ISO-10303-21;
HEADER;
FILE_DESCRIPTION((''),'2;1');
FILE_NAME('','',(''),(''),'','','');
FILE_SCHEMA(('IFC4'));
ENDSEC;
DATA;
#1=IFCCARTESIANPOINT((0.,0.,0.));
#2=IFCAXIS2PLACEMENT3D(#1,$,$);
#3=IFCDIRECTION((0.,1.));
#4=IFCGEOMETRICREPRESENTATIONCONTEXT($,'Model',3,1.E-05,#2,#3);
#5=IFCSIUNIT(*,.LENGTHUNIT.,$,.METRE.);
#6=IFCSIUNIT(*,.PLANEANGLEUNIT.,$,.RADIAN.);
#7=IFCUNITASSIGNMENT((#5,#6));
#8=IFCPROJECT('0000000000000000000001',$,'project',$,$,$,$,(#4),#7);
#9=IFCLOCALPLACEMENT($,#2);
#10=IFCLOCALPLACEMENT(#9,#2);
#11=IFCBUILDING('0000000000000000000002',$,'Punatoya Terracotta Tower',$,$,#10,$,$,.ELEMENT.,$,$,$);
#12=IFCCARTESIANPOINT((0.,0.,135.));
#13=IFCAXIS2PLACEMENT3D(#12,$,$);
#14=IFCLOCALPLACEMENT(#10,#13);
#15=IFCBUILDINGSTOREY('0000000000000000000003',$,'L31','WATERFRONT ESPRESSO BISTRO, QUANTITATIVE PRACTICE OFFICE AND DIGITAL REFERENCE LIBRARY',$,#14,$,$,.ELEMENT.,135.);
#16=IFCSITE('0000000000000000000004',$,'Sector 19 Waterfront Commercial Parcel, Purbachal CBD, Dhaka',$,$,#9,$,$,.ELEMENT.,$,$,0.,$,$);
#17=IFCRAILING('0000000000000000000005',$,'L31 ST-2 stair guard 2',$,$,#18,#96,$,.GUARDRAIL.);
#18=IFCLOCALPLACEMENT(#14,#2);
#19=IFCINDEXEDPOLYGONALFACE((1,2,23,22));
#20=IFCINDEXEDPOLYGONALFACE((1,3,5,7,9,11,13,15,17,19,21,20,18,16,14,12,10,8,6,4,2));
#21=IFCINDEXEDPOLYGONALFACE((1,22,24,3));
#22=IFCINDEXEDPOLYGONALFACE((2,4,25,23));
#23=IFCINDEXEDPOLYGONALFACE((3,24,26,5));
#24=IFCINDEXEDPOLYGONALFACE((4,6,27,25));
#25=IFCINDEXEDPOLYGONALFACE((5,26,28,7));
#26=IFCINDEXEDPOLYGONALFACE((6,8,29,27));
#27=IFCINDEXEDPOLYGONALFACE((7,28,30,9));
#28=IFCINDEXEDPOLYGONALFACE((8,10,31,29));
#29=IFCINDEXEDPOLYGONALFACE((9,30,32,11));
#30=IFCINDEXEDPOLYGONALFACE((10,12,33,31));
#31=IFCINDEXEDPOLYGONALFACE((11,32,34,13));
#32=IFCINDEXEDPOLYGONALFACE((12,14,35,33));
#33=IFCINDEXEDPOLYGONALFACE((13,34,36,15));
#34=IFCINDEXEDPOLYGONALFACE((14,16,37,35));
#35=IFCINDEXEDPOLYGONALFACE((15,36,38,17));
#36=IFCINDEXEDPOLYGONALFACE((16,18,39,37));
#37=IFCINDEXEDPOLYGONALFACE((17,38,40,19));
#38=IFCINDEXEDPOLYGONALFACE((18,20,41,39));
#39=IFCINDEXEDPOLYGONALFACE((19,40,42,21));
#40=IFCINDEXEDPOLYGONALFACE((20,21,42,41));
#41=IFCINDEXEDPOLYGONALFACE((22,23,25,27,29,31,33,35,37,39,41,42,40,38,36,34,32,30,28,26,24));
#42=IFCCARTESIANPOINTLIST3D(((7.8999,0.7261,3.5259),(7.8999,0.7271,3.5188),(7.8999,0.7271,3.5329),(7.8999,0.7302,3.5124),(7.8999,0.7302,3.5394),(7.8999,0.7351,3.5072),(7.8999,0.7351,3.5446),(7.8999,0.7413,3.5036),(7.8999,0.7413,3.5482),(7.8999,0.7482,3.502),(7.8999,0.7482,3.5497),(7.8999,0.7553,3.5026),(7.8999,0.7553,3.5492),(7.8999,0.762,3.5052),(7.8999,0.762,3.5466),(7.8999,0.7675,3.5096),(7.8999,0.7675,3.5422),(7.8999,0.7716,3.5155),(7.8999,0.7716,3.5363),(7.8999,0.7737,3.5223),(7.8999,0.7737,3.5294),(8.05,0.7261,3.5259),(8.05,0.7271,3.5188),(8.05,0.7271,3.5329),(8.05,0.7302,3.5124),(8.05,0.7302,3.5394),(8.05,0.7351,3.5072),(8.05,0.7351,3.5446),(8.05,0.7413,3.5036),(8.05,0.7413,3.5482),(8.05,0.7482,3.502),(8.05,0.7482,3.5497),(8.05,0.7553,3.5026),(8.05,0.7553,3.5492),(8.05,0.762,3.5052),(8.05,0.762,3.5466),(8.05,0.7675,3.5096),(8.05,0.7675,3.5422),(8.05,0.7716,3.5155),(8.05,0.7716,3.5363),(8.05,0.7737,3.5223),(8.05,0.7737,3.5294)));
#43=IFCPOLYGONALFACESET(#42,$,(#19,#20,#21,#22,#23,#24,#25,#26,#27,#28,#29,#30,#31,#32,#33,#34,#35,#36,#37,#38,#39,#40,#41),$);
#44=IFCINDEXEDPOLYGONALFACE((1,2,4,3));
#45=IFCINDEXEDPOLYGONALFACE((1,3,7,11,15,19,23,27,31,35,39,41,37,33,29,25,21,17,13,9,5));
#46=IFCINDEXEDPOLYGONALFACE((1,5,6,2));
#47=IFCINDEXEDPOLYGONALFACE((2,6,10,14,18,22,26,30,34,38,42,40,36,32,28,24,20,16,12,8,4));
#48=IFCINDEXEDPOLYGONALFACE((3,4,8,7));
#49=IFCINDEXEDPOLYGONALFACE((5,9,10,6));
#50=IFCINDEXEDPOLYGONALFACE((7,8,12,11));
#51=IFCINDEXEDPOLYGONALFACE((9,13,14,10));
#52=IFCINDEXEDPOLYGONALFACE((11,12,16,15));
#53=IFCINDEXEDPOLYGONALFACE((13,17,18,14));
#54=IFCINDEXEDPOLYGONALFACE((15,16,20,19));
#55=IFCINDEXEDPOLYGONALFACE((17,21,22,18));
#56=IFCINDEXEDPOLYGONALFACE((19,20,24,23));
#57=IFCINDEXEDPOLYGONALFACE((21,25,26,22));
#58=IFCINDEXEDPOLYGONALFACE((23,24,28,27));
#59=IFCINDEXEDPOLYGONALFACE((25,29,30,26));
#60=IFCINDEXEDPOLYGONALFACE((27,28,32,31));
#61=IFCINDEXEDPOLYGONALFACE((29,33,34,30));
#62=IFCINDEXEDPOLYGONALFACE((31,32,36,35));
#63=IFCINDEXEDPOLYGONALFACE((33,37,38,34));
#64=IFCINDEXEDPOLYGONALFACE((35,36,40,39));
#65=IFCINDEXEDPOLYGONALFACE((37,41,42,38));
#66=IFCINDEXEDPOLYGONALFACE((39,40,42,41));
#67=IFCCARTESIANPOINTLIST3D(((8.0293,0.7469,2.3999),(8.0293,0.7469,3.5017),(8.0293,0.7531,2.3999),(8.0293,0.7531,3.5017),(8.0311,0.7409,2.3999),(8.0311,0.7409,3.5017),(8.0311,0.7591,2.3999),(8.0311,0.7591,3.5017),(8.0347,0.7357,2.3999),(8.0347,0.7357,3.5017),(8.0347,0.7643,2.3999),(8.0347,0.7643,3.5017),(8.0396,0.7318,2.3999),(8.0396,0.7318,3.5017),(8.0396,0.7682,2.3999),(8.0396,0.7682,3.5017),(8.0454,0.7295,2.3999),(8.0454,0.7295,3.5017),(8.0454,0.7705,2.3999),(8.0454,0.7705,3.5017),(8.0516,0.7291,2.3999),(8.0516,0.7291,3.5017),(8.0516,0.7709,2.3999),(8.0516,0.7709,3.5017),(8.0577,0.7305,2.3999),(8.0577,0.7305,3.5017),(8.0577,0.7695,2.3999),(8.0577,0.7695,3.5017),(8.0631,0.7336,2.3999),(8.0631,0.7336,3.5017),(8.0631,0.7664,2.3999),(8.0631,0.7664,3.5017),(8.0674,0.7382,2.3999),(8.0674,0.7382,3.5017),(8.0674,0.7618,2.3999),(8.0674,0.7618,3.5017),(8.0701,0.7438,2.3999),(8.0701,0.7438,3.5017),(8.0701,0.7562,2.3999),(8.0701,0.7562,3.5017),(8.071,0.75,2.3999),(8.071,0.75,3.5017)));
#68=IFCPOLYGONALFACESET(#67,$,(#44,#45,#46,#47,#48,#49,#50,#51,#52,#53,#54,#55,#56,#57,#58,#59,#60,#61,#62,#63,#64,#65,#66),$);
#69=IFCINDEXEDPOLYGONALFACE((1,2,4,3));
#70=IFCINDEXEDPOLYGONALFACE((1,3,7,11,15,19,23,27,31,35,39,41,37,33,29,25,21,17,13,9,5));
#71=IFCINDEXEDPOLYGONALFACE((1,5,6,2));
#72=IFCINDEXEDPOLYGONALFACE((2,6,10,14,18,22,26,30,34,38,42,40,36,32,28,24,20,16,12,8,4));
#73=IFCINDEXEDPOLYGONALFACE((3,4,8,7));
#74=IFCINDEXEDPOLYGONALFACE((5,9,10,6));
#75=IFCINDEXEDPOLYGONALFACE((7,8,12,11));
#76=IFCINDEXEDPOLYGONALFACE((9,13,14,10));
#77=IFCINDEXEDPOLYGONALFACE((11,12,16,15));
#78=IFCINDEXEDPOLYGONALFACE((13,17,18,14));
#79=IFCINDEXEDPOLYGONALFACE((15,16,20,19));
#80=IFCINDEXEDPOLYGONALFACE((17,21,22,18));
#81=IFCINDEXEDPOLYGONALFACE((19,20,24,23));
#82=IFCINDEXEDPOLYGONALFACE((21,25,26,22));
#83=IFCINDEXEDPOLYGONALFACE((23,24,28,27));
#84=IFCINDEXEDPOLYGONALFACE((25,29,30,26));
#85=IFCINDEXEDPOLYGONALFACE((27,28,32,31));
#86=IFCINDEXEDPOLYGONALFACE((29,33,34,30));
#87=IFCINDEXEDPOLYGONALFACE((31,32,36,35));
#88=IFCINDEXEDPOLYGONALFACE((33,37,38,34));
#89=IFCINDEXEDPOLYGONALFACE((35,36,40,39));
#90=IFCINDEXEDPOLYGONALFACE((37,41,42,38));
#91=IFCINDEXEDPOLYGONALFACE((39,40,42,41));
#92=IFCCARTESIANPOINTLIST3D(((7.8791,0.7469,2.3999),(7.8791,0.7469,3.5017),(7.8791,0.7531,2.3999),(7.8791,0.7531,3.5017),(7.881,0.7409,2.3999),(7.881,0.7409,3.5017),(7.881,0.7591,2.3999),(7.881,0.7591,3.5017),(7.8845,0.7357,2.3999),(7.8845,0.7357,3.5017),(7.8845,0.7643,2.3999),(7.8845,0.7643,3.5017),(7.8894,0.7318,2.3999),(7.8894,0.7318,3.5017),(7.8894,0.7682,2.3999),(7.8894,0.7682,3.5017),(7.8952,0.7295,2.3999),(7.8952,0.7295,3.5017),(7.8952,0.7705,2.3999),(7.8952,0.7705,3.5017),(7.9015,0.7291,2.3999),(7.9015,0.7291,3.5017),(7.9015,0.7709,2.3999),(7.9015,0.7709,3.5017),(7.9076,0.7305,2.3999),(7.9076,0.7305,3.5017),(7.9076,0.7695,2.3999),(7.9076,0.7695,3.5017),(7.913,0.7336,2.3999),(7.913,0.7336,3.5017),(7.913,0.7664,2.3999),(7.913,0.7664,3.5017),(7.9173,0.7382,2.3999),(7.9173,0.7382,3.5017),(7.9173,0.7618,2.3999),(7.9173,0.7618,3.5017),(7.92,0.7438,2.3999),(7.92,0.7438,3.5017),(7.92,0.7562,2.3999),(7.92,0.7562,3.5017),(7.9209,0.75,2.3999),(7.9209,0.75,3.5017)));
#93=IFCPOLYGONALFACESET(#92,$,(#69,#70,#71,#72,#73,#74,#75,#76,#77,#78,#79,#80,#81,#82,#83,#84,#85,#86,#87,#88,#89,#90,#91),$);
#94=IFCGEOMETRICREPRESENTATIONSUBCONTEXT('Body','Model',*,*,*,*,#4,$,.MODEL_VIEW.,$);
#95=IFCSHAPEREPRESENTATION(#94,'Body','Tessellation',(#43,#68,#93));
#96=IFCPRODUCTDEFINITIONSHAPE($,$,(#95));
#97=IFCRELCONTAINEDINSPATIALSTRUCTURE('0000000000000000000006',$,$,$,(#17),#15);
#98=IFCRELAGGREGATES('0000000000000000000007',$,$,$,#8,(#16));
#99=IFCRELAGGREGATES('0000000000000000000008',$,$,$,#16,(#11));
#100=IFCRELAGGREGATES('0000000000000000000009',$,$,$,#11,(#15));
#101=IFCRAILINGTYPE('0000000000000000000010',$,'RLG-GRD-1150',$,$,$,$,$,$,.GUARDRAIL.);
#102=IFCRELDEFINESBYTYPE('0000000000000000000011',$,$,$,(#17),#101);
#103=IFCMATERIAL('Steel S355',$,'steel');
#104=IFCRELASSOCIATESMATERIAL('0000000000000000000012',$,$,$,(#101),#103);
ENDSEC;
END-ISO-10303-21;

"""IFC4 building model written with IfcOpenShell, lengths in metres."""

from ifc_helpers import new_model, si_unit, direction, frame, origin, origin_2d, place, context, subcontext, project, spatial, circle, extrude, material, type_object, element, save


model = new_model("IFC4")

# Units and contexts
model_context = context("Model", 3, precision=1e-05, world=origin(), true_north=direction((0.0, 1.0)))
body_context = subcontext(model_context, "Body", "Model", "MODEL_VIEW")
ifc_project = project(units=[si_unit("LENGTHUNIT", "METRE"), si_unit("PLANEANGLEUNIT", "RADIAN")], contexts=[model_context])

# Site, building, storey
site_placement = place(None, origin())
site = spatial("IfcSite", under=ifc_project, at=site_placement, Name="Sector 19 Waterfront Commercial Parcel, Purbachal CBD, Dhaka", CompositionType="ELEMENT", RefElevation=0.0)
building_placement = place(site_placement, origin())
building = spatial("IfcBuilding", under=site, at=building_placement, Name="Punatoya Terracotta Tower", CompositionType="ELEMENT")
storey_placement = place(building_placement, frame((0.0, 0.0, 135.0)))
storey = spatial("IfcBuildingStorey", under=building, at=storey_placement, Name="L31", Description="WATERFRONT ESPRESSO BISTRO, QUANTITATIVE PRACTICE OFFICE AND DIGITAL REFERENCE LIBRARY", CompositionType="ELEMENT", Elevation=135.0)

# Shared definitions
ifc_material_1 = material(Name="Steel S355", Category="steel")

# Railing
railing_type = type_object("IfcRailingType", Name="RLG-GRD-1150", PredefinedType="GUARDRAIL", material=ifc_material_1)
railing_1_placement = place(storey_placement, frame((8.05, 0.75, 2.3999)))
element("IfcRailing", 1, at=railing_1_placement, inside=storey, type_object=railing_type, Name="L31 ST-2 stair guard 2", PredefinedType="GUARDRAIL", context=body_context, shape_type="SweptSolid", body=[
    extrude(circle(Radius=0.0239, at=origin_2d()), frame((0.0, 0.0, 1.126), z_axis=(-1.0, 0.0, 0.0), x_axis=(0.0, -1.0, 0.0)), (0.0, 0.0, 1.0), 0.1501),
    extrude(circle(Radius=0.021, at=origin_2d()), origin(), (0.0, 0.0, 1.0), 1.1018),
    extrude(circle(Radius=0.021, at=origin_2d()), frame((-0.1501, 0.0, 0.0)), (0.0, 0.0, 1.0), 1.1018),
])

save(model, "model.ifc")
